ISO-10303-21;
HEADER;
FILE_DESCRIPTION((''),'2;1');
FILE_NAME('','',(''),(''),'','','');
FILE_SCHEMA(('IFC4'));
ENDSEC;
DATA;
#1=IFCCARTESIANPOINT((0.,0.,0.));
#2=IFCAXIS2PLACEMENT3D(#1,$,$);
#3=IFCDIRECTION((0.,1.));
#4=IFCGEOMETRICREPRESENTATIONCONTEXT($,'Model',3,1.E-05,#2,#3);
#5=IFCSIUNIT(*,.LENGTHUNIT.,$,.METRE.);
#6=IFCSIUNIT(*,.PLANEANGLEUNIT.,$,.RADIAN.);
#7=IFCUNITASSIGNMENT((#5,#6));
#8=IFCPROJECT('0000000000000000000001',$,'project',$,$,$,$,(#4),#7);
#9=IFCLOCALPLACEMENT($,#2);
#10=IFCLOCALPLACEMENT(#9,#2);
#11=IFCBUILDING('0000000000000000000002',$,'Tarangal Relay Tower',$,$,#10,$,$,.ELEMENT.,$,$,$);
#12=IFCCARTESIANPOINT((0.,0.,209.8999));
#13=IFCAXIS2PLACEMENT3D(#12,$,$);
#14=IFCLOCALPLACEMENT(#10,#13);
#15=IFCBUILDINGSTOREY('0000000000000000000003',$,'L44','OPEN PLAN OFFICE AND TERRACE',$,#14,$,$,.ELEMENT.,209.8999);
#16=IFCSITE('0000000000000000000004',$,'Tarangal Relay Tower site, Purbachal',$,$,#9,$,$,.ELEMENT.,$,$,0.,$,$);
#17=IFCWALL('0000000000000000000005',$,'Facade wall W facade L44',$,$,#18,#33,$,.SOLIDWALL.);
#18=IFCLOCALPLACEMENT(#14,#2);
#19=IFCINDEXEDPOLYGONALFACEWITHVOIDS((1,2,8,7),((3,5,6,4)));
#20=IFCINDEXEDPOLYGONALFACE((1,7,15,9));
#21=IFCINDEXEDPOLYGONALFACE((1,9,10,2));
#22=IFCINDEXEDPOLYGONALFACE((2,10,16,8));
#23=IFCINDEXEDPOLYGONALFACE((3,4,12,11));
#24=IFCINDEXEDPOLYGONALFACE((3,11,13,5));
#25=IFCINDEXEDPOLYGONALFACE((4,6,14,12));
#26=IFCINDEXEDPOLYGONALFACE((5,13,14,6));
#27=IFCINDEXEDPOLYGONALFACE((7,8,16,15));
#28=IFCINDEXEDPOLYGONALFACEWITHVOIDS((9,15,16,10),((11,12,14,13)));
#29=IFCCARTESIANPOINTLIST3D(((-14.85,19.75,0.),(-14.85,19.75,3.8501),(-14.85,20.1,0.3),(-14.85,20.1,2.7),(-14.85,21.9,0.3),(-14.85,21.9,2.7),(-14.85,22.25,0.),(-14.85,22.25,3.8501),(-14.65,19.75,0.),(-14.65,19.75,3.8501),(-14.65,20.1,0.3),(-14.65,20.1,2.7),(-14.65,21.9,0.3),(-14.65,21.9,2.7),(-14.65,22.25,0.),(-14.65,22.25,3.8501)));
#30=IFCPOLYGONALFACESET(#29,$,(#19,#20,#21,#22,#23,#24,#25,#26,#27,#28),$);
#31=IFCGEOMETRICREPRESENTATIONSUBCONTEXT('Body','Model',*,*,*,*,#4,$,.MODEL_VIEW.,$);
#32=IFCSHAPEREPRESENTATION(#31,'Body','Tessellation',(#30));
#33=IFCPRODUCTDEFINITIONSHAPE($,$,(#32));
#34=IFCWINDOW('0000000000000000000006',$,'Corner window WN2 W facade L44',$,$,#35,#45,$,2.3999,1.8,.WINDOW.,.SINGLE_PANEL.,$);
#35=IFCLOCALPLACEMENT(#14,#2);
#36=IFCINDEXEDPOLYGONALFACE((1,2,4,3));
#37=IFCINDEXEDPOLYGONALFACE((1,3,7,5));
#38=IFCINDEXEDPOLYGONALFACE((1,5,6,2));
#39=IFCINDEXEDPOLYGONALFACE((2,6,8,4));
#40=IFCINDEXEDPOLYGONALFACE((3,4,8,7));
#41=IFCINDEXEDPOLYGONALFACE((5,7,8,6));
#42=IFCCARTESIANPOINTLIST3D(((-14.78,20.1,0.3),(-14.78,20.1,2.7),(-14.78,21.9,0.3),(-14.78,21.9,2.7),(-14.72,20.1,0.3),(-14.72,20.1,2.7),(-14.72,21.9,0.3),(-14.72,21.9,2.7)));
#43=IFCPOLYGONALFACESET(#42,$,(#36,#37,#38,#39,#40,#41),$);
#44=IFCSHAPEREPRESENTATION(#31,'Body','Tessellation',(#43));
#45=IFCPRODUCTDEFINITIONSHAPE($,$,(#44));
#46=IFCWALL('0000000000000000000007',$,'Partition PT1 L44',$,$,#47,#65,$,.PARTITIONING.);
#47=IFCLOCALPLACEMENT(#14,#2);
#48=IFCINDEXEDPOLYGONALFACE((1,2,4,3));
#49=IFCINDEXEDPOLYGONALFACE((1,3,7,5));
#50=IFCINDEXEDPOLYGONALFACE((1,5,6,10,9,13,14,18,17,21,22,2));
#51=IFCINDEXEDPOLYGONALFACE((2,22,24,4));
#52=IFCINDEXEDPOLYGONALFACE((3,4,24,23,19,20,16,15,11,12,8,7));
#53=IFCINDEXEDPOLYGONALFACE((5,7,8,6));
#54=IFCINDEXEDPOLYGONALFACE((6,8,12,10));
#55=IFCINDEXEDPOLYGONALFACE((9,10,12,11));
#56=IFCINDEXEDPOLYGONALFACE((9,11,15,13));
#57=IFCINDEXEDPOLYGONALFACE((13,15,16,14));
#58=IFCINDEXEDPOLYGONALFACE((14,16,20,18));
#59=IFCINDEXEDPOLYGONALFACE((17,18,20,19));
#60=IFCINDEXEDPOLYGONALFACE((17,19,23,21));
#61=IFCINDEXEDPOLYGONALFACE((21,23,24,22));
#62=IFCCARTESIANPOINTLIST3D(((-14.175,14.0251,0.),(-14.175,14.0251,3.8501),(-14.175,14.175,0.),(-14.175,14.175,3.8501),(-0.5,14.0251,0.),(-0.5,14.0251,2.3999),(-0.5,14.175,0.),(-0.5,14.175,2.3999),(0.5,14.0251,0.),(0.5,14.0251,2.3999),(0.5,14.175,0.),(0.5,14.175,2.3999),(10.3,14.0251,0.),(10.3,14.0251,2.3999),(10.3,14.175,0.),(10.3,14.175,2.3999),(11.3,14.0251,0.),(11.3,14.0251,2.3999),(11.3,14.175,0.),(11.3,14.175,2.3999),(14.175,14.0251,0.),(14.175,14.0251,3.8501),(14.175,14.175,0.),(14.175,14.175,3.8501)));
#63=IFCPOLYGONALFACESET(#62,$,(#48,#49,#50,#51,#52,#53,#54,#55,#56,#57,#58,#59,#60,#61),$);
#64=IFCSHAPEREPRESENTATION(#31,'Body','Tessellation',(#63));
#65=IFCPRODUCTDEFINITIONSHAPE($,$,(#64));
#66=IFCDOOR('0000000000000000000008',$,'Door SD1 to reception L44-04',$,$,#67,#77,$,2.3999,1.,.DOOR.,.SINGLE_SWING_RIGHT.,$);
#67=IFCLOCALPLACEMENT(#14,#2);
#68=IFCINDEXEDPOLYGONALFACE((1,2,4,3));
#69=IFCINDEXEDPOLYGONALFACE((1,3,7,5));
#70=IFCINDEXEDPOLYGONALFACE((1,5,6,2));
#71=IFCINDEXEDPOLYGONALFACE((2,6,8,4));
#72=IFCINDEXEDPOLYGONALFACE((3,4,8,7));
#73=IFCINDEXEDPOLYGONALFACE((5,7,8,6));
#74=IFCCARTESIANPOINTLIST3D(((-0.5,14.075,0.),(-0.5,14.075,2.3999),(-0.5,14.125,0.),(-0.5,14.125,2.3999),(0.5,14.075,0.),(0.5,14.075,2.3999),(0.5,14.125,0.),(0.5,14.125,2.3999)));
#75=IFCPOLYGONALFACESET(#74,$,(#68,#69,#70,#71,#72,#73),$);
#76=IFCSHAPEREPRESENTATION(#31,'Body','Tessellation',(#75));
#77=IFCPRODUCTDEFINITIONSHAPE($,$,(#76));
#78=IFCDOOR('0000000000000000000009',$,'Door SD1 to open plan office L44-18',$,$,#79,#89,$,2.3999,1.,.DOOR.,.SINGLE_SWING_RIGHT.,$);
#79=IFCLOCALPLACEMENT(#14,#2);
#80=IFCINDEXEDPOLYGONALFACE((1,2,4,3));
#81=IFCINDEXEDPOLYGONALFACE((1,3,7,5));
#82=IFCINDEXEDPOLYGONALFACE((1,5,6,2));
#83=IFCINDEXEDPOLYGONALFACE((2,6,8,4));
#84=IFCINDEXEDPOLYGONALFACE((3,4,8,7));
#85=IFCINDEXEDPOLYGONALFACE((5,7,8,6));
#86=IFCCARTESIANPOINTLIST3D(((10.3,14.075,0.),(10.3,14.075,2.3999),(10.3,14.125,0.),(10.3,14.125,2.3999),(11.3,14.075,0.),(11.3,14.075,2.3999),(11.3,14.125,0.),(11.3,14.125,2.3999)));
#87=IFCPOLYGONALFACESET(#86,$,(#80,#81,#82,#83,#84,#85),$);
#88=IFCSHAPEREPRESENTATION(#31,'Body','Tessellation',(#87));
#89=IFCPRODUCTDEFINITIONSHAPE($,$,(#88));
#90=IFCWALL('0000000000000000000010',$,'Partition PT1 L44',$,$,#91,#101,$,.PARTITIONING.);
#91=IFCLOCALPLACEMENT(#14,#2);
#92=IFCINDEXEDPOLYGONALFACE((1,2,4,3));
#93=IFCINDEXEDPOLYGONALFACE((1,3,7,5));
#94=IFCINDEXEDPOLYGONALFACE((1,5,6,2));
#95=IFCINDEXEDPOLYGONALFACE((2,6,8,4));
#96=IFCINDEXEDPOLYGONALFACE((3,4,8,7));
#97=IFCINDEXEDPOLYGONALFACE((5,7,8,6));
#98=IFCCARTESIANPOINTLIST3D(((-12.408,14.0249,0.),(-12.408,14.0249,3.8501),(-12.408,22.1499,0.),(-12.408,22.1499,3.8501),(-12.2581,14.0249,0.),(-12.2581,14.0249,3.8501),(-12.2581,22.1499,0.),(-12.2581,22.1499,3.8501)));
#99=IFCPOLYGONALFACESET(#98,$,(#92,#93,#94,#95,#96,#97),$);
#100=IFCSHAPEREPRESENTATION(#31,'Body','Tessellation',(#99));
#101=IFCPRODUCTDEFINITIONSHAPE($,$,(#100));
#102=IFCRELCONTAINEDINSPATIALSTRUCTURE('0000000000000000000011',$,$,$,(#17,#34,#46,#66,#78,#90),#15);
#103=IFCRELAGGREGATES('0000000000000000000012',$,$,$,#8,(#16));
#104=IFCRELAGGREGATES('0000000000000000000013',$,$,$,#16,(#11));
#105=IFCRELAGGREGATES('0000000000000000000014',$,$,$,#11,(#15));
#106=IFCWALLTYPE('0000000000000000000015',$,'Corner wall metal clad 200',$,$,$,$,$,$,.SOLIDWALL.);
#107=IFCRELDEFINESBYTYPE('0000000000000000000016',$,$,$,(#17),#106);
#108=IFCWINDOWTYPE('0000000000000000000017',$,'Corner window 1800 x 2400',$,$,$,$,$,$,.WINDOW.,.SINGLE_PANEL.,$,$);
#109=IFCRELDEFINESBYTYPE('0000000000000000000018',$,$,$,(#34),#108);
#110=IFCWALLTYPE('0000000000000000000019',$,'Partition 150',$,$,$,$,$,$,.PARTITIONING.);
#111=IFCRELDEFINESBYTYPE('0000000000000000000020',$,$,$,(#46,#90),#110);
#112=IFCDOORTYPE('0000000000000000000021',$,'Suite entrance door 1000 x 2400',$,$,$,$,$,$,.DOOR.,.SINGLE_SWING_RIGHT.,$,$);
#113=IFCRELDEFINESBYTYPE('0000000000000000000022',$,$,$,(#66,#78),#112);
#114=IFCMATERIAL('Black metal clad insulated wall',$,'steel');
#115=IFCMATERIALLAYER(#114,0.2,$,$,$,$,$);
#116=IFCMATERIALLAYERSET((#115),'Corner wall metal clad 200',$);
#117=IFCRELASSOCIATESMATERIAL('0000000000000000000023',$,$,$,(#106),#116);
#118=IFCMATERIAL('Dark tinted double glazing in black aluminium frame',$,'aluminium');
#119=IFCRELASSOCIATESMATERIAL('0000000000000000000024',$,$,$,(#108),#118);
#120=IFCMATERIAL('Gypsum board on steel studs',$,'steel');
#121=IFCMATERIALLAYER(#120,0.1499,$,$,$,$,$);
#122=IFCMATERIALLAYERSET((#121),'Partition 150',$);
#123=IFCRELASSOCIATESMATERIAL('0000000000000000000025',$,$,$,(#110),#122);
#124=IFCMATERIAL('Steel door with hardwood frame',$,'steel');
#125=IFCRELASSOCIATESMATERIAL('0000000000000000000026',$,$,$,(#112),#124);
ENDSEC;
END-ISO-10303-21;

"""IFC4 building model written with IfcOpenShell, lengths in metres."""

from ifc_helpers import new_model, si_unit, direction, frame, frame_2d, origin, place, context, subcontext, project, spatial, rectangle, extrude, material, layer, layer_set, type_object, element, fill, save


model = new_model("IFC4")

# Units and contexts
model_context = context("Model", 3, precision=1e-05, world=origin(), true_north=direction((0.0, 1.0)))
body_context = subcontext(model_context, "Body", "Model", "MODEL_VIEW")
ifc_project = project(units=[si_unit("LENGTHUNIT", "METRE"), si_unit("PLANEANGLEUNIT", "RADIAN")], contexts=[model_context])

# Site, building, storey
site_placement = place(None, origin())
site = spatial("IfcSite", under=ifc_project, at=site_placement, Name="Tarangal Relay Tower site, Purbachal", CompositionType="ELEMENT", RefElevation=0.0)
building_placement = place(site_placement, origin())
building = spatial("IfcBuilding", under=site, at=building_placement, Name="Tarangal Relay Tower", CompositionType="ELEMENT")
storey_placement = place(building_placement, frame((0.0, 0.0, 209.8999)))
storey = spatial("IfcBuildingStorey", under=building, at=storey_placement, Name="L44", Description="OPEN PLAN OFFICE AND TERRACE", CompositionType="ELEMENT", Elevation=209.8999)

# Shared definitions
ifc_material_1 = material(Name="Black metal clad insulated wall", Category="steel")
ifc_layer_1 = layer(ifc_material_1, 0.2)
ifc_layer_set_1 = layer_set([ifc_layer_1], Name="Corner wall metal clad 200")
wall_type_1 = type_object("IfcWallType", Name="Corner wall metal clad 200", PredefinedType="SOLIDWALL", material=ifc_layer_set_1)

# Shared definitions
ifc_material_2 = material(Name="Dark tinted double glazing in black aluminium frame", Category="aluminium")
window_type = type_object("IfcWindowType", Name="Corner window 1800 x 2400", PartitioningType="SINGLE_PANEL", PredefinedType="WINDOW", material=ifc_material_2)

# Wall, opening, window
wall_1_placement = place(storey_placement, frame((-14.75, 19.75, 0.0), z_axis=(0.0, 0.0, 1.0), x_axis=(0.0, 1.0, 0.0)))
wall_1 = element("IfcWall", 1, at=wall_1_placement, inside=storey, type_object=wall_type_1, Name="Facade wall W facade L44", PredefinedType="SOLIDWALL", context=body_context, shape_type="SweptSolid", body=[
    extrude(rectangle(XDim=2.5, YDim=0.2, at=frame_2d((1.25, 0.0))), origin(), (0.0, 0.0, 1.0), 3.8501),
])
opening_1_placement = place(wall_1_placement, frame((0.3501, 0.0, 0.3)))
opening_1 = element("IfcOpeningElement", 2, at=opening_1_placement, cuts=wall_1, PredefinedType="OPENING", context=body_context, shape_type="SweptSolid", body=[
    extrude(rectangle(XDim=1.8, YDim=2.3999, at=frame_2d((0.8999, 1.2))), frame((0.0, 0.1099, 0.0), z_axis=(0.0, -1.0, 0.0), x_axis=(1.0, 0.0, 0.0)), (0.0, 0.0, 1.0), 0.22),
])
window_1_placement = place(opening_1_placement, origin())
window_1 = element("IfcWindow", 3, at=window_1_placement, inside=storey, type_object=window_type, Name="Corner window WN2 W facade L44", OverallHeight=2.3999, OverallWidth=1.8, PartitioningType="SINGLE_PANEL", PredefinedType="WINDOW", context=body_context, shape_type="SweptSolid", body=[
    extrude(rectangle(XDim=1.8, YDim=2.3999, at=frame_2d((0.8999, 1.2))), frame((0.0, 0.03, 0.0), z_axis=(0.0, -1.0, 0.0), x_axis=(1.0, 0.0, 0.0)), (0.0, 0.0, 1.0), 0.0601),
])
fill(opening_1, window_1)

# Wall, openings, doors
ifc_material_3 = material(Name="Gypsum board on steel studs", Category="steel")
ifc_layer_2 = layer(ifc_material_3, 0.1499)
ifc_layer_set_2 = layer_set([ifc_layer_2], Name="Partition 150")
wall_type_2 = type_object("IfcWallType", Name="Partition 150", PredefinedType="PARTITIONING", material=ifc_layer_set_2)
wall_2_placement = place(storey_placement, frame((-14.175, 14.1001, 0.0), z_axis=(0.0, 0.0, 1.0), x_axis=(1.0, 0.0, 0.0)))
wall_2 = element("IfcWall", 4, at=wall_2_placement, inside=storey, type_object=wall_type_2, Name="Partition PT1 L44", PredefinedType="PARTITIONING", context=body_context, shape_type="SweptSolid", body=[
    extrude(rectangle(XDim=28.3501, YDim=0.1499, at=frame_2d((14.175, 0.0))), origin(), (0.0, 0.0, 1.0), 3.8501),
])
opening_2_placement = place(wall_2_placement, frame((13.675, 0.0, 0.0)))
opening_2 = element("IfcOpeningElement", 5, at=opening_2_placement, cuts=wall_2, PredefinedType="OPENING", context=body_context, shape_type="SweptSolid", body=[
    extrude(rectangle(XDim=1.0, YDim=2.3999, at=frame_2d((0.5, 1.2))), frame((0.0, 0.085, 0.0), z_axis=(0.0, -1.0, 0.0), x_axis=(1.0, 0.0, 0.0)), (0.0, 0.0, 1.0), 0.1699),
])
opening_3_placement = place(wall_2_placement, frame((24.4751, 0.0, 0.0)))
opening_3 = element("IfcOpeningElement", 6, at=opening_3_placement, cuts=wall_2, PredefinedType="OPENING", context=body_context, shape_type="SweptSolid", body=[
    extrude(rectangle(XDim=1.0, YDim=2.3999, at=frame_2d((0.5, 1.2))), frame((0.0, 0.085, 0.0), z_axis=(0.0, -1.0, 0.0), x_axis=(1.0, 0.0, 0.0)), (0.0, 0.0, 1.0), 0.1699),
])
ifc_material_4 = material(Name="Steel door with hardwood frame", Category="steel")
door_type_1 = type_object("IfcDoorType", Name="Suite entrance door 1000 x 2400", OperationType="SINGLE_SWING_RIGHT", PredefinedType="DOOR", material=ifc_material_4)
door_1_placement = place(opening_2_placement, origin())
door_1 = element("IfcDoor", 7, at=door_1_placement, inside=storey, type_object=door_type_1, Name="Door SD1 to reception L44-04", OperationType="SINGLE_SWING_RIGHT", OverallHeight=2.3999, OverallWidth=1.0, PredefinedType="DOOR", context=body_context, shape_type="SweptSolid", body=[
    extrude(rectangle(XDim=1.0, YDim=2.3999, at=frame_2d((0.5, 1.2))), frame((0.0, 0.0249, 0.0), z_axis=(0.0, -1.0, 0.0), x_axis=(1.0, 0.0, 0.0)), (0.0, 0.0, 1.0), 0.05),
])
fill(opening_2, door_1)
door_2_placement = place(opening_3_placement, origin())
door_2 = element("IfcDoor", 8, at=door_2_placement, inside=storey, type_object=door_type_1, Name="Door SD1 to open plan office L44-18", OperationType="SINGLE_SWING_RIGHT", OverallHeight=2.3999, OverallWidth=1.0, PredefinedType="DOOR", context=body_context, shape_type="SweptSolid", body=[
    extrude(rectangle(XDim=1.0, YDim=2.3999, at=frame_2d((0.5, 1.2))), frame((0.0, 0.0249, 0.0), z_axis=(0.0, -1.0, 0.0), x_axis=(1.0, 0.0, 0.0)), (0.0, 0.0, 1.0), 0.05),
])
fill(opening_3, door_2)

# Wall
wall_3_placement = place(storey_placement, frame((-12.333, 14.0249, 0.0), z_axis=(0.0, 0.0, 1.0), x_axis=(0.0, 1.0, 0.0)))
element("IfcWall", 9, at=wall_3_placement, inside=storey, type_object=wall_type_2, Name="Partition PT1 L44", PredefinedType="PARTITIONING", context=body_context, shape_type="SweptSolid", body=[
    extrude(rectangle(XDim=8.125, YDim=0.1499, at=frame_2d((4.0625, 0.0))), origin(), (0.0, 0.0, 1.0), 3.8501),
])

save(model, "model.ifc")
